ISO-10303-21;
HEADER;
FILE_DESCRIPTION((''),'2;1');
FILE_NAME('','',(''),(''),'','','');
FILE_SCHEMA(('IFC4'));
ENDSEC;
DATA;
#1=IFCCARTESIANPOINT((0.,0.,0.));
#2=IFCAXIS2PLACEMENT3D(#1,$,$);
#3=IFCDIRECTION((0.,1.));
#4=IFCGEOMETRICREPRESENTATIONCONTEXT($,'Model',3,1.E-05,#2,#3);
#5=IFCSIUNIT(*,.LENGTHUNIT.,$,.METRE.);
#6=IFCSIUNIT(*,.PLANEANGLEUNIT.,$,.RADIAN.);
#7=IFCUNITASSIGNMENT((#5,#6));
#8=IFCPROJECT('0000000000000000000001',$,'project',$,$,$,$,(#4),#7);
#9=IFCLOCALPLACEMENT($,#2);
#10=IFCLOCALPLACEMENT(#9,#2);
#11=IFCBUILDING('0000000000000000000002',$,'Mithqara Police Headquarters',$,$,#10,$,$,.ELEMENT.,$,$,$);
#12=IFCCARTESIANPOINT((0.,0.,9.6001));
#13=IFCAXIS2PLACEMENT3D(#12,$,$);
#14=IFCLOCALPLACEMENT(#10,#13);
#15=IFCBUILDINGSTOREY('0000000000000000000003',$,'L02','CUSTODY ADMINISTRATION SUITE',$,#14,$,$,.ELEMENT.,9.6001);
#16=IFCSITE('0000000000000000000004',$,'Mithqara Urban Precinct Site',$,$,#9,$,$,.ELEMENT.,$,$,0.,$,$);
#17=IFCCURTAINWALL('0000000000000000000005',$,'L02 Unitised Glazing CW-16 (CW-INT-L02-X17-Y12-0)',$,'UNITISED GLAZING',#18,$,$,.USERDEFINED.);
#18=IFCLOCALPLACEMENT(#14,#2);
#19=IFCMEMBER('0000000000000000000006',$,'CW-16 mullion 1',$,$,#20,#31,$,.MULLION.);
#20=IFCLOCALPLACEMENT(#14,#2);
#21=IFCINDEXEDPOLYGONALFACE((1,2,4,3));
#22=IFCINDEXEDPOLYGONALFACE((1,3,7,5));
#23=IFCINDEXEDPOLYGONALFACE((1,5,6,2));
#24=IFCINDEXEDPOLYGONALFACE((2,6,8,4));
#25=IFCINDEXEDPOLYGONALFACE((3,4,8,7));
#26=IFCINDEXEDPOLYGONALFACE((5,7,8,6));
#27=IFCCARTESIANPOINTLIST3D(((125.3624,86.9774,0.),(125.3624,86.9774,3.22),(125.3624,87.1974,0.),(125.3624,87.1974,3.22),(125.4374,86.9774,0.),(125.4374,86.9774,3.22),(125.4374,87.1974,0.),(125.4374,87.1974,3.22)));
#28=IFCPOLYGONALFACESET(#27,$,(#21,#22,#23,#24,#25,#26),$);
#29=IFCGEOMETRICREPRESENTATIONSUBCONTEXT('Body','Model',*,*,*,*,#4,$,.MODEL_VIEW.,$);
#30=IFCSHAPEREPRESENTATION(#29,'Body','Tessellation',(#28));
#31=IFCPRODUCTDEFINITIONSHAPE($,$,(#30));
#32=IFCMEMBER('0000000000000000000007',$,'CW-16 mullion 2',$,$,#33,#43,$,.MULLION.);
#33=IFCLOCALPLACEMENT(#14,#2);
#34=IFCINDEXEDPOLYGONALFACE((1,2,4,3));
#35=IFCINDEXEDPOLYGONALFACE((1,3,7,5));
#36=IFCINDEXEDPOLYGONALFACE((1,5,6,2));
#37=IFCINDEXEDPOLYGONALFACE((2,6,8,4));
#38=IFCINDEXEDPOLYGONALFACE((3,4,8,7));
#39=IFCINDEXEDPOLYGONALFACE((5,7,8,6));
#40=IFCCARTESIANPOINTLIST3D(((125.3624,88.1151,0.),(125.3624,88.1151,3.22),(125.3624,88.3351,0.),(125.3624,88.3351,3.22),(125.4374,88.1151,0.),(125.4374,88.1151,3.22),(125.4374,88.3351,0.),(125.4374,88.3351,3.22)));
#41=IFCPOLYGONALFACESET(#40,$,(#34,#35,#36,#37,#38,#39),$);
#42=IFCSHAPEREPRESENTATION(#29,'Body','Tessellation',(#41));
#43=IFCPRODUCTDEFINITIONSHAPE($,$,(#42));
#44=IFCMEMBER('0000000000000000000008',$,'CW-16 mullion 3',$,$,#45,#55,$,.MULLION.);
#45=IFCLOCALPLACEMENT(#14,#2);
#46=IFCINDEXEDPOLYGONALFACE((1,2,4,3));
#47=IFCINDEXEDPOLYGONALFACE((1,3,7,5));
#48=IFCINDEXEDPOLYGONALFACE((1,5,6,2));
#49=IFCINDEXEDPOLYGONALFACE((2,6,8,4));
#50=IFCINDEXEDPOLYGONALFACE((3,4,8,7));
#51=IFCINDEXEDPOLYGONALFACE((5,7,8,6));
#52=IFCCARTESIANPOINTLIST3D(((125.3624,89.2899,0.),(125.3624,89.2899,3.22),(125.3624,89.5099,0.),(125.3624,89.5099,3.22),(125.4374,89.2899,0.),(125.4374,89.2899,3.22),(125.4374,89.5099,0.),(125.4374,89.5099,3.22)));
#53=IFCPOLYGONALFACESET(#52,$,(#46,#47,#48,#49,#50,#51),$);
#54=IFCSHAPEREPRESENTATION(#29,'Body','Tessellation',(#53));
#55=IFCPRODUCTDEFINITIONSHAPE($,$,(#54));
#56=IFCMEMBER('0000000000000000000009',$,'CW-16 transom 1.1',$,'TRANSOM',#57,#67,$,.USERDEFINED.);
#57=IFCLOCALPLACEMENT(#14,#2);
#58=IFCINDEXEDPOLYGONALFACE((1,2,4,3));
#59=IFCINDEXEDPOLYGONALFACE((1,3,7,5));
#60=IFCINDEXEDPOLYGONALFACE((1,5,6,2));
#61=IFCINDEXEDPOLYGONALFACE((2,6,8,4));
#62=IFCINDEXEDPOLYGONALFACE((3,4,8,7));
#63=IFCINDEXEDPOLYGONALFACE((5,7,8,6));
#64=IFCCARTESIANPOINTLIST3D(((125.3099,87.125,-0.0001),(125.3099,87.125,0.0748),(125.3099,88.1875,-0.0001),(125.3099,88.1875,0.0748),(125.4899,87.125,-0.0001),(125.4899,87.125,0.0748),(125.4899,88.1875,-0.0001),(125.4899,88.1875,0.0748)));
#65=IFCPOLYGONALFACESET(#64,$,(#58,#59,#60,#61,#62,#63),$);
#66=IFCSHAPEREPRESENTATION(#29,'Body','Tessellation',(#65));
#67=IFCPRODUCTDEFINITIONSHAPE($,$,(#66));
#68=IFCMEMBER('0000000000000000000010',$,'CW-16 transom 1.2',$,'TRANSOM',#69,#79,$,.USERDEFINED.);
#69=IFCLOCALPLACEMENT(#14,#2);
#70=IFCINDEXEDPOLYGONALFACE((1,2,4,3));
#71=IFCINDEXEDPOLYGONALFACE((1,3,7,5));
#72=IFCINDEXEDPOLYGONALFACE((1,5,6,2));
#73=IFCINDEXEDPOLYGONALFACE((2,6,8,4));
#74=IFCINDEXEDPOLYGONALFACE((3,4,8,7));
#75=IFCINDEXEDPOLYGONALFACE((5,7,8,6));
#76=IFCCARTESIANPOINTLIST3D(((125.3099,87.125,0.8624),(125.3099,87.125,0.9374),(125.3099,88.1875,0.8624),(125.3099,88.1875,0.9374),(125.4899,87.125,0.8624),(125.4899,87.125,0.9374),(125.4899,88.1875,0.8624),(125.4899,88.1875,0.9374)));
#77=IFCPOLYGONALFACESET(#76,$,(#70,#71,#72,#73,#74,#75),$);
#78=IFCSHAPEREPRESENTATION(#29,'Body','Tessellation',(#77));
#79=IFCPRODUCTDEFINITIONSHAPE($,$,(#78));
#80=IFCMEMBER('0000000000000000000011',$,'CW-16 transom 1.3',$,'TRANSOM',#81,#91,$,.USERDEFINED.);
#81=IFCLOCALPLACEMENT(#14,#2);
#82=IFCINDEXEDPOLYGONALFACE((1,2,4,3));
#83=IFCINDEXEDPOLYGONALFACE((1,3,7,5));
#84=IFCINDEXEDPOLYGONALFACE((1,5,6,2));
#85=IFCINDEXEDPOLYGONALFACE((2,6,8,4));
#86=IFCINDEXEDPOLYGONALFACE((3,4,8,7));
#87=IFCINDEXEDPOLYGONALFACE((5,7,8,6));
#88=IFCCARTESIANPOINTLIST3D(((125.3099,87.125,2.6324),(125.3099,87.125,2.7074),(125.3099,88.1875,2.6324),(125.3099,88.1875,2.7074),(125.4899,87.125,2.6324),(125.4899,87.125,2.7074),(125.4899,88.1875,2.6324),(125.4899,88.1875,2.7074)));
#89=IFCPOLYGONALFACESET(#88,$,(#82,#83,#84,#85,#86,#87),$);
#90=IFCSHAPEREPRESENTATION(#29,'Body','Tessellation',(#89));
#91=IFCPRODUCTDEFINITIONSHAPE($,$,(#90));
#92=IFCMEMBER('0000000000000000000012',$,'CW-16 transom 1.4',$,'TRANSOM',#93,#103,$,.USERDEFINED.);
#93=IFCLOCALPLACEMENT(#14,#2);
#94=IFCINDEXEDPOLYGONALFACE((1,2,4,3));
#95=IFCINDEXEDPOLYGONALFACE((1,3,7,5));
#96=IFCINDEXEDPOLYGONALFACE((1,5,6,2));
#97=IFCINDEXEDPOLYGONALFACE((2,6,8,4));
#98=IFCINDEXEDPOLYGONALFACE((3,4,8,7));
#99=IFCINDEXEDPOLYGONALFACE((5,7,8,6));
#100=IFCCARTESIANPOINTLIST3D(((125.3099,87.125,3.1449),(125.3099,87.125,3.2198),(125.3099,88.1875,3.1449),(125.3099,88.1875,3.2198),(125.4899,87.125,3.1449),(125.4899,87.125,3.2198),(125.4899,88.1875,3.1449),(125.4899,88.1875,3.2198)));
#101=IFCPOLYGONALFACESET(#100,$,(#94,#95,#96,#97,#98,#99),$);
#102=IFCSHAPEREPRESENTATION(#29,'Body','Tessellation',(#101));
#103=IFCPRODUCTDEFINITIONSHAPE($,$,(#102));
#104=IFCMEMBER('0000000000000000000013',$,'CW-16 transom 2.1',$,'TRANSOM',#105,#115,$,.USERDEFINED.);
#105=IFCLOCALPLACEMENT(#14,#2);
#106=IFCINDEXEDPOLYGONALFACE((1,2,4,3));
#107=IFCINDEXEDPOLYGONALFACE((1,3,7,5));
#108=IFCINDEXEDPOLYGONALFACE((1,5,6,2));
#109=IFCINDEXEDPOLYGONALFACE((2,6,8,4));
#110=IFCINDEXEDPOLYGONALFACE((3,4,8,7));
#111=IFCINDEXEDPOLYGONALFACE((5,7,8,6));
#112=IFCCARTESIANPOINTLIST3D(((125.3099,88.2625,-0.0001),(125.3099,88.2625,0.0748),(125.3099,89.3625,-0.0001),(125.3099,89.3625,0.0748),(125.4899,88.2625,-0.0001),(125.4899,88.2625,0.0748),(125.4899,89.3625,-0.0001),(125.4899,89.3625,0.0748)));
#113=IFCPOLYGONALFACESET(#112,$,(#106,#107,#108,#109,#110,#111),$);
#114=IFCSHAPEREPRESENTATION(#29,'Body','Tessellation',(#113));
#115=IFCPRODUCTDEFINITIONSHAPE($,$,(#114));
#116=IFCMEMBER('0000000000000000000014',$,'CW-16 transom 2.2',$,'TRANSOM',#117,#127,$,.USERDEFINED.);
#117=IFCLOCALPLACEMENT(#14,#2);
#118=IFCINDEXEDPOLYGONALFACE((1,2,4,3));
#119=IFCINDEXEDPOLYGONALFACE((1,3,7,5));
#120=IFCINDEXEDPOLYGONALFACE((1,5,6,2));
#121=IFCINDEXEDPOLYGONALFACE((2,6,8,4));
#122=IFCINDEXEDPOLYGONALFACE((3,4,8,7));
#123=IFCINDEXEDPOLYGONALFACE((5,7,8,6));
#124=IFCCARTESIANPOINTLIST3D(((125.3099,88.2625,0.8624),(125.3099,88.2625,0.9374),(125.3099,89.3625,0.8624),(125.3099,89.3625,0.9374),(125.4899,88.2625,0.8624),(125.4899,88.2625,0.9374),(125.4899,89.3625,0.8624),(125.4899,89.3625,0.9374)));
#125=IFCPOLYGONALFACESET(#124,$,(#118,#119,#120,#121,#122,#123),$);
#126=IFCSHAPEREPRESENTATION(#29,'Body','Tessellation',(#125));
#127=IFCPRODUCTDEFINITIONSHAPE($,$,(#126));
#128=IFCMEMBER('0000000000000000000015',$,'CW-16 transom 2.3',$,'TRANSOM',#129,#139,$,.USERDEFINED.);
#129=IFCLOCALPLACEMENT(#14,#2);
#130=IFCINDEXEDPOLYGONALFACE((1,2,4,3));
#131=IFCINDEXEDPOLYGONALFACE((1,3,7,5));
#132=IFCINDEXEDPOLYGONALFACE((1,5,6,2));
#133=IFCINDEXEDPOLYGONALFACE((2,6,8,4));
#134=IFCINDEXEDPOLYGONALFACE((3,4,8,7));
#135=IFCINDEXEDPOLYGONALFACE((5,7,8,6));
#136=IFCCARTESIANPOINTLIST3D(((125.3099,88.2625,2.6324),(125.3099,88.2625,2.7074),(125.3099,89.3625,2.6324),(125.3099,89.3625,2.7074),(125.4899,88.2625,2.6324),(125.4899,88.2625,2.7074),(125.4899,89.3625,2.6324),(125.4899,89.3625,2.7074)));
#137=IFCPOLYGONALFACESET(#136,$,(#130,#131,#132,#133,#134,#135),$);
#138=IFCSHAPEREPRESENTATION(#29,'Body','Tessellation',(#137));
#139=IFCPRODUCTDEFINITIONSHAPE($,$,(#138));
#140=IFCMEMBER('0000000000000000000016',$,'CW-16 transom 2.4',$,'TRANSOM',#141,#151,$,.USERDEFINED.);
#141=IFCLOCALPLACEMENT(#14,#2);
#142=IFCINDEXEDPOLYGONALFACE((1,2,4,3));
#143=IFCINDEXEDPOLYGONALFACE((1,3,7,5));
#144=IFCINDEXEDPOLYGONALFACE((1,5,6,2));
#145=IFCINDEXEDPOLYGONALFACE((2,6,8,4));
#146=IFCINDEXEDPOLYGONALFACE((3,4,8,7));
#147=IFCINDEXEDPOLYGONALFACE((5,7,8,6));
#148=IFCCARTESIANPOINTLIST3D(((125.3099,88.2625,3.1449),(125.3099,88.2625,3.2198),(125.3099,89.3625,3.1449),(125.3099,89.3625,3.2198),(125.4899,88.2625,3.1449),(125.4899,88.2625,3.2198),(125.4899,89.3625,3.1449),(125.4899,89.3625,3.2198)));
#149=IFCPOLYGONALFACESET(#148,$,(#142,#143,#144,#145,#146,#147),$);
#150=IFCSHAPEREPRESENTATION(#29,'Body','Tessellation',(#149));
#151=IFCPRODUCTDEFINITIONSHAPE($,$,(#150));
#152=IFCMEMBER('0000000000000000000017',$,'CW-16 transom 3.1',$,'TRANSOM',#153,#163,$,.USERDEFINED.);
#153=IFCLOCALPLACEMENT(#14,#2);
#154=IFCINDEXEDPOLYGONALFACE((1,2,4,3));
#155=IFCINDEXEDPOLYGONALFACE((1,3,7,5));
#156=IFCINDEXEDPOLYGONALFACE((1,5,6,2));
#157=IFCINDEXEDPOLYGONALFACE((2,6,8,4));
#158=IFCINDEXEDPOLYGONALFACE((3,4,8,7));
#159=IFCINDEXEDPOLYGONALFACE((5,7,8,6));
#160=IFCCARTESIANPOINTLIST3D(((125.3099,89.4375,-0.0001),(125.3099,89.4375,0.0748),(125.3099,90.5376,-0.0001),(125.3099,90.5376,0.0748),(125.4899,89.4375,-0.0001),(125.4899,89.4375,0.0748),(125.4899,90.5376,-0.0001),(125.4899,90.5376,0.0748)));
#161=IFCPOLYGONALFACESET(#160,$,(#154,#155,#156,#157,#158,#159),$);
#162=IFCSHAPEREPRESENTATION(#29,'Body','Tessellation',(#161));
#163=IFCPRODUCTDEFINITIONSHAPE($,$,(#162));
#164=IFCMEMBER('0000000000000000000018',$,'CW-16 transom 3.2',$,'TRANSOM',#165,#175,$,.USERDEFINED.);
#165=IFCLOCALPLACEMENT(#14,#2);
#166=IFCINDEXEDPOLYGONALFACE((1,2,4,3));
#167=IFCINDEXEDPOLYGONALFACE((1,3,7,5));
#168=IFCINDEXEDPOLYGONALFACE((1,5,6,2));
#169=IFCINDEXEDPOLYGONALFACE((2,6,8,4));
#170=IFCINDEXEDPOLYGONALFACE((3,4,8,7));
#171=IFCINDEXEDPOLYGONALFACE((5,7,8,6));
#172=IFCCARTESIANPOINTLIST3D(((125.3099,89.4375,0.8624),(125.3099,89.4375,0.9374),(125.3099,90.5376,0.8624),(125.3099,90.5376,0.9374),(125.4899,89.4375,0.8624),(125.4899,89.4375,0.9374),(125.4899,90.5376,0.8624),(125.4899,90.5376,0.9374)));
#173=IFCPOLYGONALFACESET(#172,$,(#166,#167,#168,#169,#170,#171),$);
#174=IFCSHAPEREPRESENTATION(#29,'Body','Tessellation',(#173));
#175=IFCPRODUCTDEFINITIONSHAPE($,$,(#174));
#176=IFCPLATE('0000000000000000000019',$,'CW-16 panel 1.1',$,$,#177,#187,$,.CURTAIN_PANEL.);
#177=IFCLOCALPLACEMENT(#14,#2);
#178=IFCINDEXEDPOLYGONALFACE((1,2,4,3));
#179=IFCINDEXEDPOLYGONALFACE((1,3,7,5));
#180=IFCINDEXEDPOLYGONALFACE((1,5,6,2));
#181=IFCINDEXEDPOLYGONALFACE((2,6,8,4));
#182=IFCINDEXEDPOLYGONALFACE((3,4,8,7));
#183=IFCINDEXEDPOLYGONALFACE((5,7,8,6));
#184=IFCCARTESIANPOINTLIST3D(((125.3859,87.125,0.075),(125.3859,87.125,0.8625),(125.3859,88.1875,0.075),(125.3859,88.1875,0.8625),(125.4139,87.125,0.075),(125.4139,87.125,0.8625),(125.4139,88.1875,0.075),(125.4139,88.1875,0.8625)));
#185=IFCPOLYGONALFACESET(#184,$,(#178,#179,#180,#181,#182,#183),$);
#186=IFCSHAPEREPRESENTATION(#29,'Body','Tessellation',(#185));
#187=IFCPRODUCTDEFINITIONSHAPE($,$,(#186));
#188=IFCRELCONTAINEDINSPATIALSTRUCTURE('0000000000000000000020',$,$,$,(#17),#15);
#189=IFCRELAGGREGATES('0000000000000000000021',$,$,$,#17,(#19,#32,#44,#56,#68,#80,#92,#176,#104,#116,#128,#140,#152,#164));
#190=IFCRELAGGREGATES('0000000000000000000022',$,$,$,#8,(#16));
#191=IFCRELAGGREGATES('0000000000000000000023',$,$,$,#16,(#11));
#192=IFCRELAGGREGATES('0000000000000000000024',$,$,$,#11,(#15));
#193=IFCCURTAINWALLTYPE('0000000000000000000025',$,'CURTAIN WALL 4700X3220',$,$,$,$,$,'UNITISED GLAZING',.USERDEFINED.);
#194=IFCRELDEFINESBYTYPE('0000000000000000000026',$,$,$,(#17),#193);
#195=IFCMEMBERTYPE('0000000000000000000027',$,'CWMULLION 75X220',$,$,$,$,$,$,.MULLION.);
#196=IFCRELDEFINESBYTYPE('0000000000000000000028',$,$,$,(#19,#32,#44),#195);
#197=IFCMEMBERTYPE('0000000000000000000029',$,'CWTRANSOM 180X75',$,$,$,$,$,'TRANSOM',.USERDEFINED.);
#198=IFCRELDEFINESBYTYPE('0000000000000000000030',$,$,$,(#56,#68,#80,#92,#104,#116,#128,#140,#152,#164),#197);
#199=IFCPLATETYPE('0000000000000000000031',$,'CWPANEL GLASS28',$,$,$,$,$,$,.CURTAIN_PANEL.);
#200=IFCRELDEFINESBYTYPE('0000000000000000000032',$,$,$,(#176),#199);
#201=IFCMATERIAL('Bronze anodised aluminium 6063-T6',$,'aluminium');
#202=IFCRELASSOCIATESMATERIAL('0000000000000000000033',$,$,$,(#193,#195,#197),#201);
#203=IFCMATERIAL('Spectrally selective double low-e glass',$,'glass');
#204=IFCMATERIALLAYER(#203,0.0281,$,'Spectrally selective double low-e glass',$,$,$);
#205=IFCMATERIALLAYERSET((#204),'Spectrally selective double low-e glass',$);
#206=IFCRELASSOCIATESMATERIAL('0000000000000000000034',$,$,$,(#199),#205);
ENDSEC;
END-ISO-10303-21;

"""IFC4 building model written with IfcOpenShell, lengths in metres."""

from ifc_helpers import new_model, si_unit, direction, frame, origin, origin_2d, place, context, subcontext, project, spatial, rectangle, extrude, material, layer, layer_set, material_profile, profile_set, type_object, element, aggregate, save


model = new_model("IFC4")

# Units and contexts
model_context = context("Model", 3, precision=1e-05, world=origin(), true_north=direction((0.0, 1.0)))
body_context = subcontext(model_context, "Body", "Model", "MODEL_VIEW")
ifc_project = project(units=[si_unit("LENGTHUNIT", "METRE"), si_unit("PLANEANGLEUNIT", "RADIAN")], contexts=[model_context])

# Site, building, storey
site_placement = place(None, origin())
site = spatial("IfcSite", under=ifc_project, at=site_placement, Name="Mithqara Urban Precinct Site", CompositionType="ELEMENT", RefElevation=0.0)
building_placement = place(site_placement, origin())
building = spatial("IfcBuilding", under=site, at=building_placement, Name="Mithqara Police Headquarters", CompositionType="ELEMENT")
storey_placement = place(building_placement, frame((0.0, 0.0, 9.6001)))
storey = spatial("IfcBuildingStorey", under=building, at=storey_placement, Name="L02", Description="CUSTODY ADMINISTRATION SUITE", CompositionType="ELEMENT", Elevation=9.6001)

# Curtain wall, members, plate
ifc_material_1 = material(Name="Bronze anodised aluminium 6063-T6", Category="aluminium")
curtain_wall_type = type_object("IfcCurtainWallType", Name="CURTAIN WALL 4700X3220", ElementType="UNITISED GLAZING", PredefinedType="USERDEFINED", material=ifc_material_1)
curtain_wall_placement = place(storey_placement, origin())
curtain_wall = element("IfcCurtainWall", 1, at=curtain_wall_placement, inside=storey, type_object=curtain_wall_type, Name="L02 Unitised Glazing CW-16 (CW-INT-L02-X17-Y12-0)", ObjectType="UNITISED GLAZING", PredefinedType="USERDEFINED")
ifc_material_profile_1 = material_profile(ifc_material_1, rectangle(XDim=0.075, YDim=0.22, at=origin_2d()), Name="CWM 75x220")
ifc_profile_set_1 = profile_set([ifc_material_profile_1], Name="Bronze anodised aluminium 6063-T6")
member_type_1 = type_object("IfcMemberType", Name="CWMULLION 75X220", PredefinedType="MULLION", material=ifc_profile_set_1)
member_1_placement = place(storey_placement, frame((125.3999, 87.0874, 0.0), z_axis=(0.0, 0.0, 1.0), x_axis=(-1.0, 0.0, 0.0)))
member_1 = element("IfcMember", 2, at=member_1_placement, type_object=member_type_1, Name="CW-16 mullion 1", PredefinedType="MULLION", context=body_context, shape_type="SweptSolid", body=[
    extrude(rectangle(XDim=0.075, YDim=0.22, at=origin_2d()), origin(), (0.0, 0.0, 1.0), 3.22),
])
member_2_placement = place(storey_placement, frame((125.3999, 88.2251, 0.0), z_axis=(0.0, 0.0, 1.0), x_axis=(-1.0, 0.0, 0.0)))
member_2 = element("IfcMember", 3, at=member_2_placement, type_object=member_type_1, Name="CW-16 mullion 2", PredefinedType="MULLION", context=body_context, shape_type="SweptSolid", body=[
    extrude(rectangle(XDim=0.075, YDim=0.22, at=origin_2d()), origin(), (0.0, 0.0, 1.0), 3.22),
])
member_3_placement = place(storey_placement, frame((125.3999, 89.3999, 0.0), z_axis=(0.0, 0.0, 1.0), x_axis=(-1.0, 0.0, 0.0)))
member_3 = element("IfcMember", 4, at=member_3_placement, type_object=member_type_1, Name="CW-16 mullion 3", PredefinedType="MULLION", context=body_context, shape_type="SweptSolid", body=[
    extrude(rectangle(XDim=0.075, YDim=0.22, at=origin_2d()), origin(), (0.0, 0.0, 1.0), 3.22),
])
ifc_material_profile_2 = material_profile(ifc_material_1, rectangle(XDim=0.1799, YDim=0.075, at=origin_2d()), Name="CWT 180x75")
ifc_profile_set_2 = profile_set([ifc_material_profile_2], Name="Bronze anodised aluminium 6063-T6")
member_type_2 = type_object("IfcMemberType", Name="CWTRANSOM 180X75", ElementType="TRANSOM", PredefinedType="USERDEFINED", material=ifc_profile_set_2)
member_4_placement = place(storey_placement, frame((125.3999, 87.125, 0.0374), z_axis=(0.0, 1.0, 0.0), x_axis=(-1.0, 0.0, 0.0)))
member_4 = element("IfcMember", 5, at=member_4_placement, type_object=member_type_2, Name="CW-16 transom 1.1", ObjectType="TRANSOM", PredefinedType="USERDEFINED", context=body_context, shape_type="SweptSolid", body=[
    extrude(rectangle(XDim=0.1799, YDim=0.075, at=origin_2d()), origin(), (0.0, 0.0, 1.0), 1.0625),
])
member_5_placement = place(storey_placement, frame((125.3999, 87.125, 0.8999), z_axis=(0.0, 1.0, 0.0), x_axis=(-1.0, 0.0, 0.0)))
member_5 = element("IfcMember", 6, at=member_5_placement, type_object=member_type_2, Name="CW-16 transom 1.2", ObjectType="TRANSOM", PredefinedType="USERDEFINED", context=body_context, shape_type="SweptSolid", body=[
    extrude(rectangle(XDim=0.1799, YDim=0.075, at=origin_2d()), origin(), (0.0, 0.0, 1.0), 1.0625),
])
member_6_placement = place(storey_placement, frame((125.3999, 87.125, 2.6699), z_axis=(0.0, 1.0, 0.0), x_axis=(-1.0, 0.0, 0.0)))
member_6 = element("IfcMember", 7, at=member_6_placement, type_object=member_type_2, Name="CW-16 transom 1.3", ObjectType="TRANSOM", PredefinedType="USERDEFINED", context=body_context, shape_type="SweptSolid", body=[
    extrude(rectangle(XDim=0.1799, YDim=0.075, at=origin_2d()), origin(), (0.0, 0.0, 1.0), 1.0625),
])
member_7_placement = place(storey_placement, frame((125.3999, 87.125, 3.1824), z_axis=(0.0, 1.0, 0.0), x_axis=(-1.0, 0.0, 0.0)))
member_7 = element("IfcMember", 8, at=member_7_placement, type_object=member_type_2, Name="CW-16 transom 1.4", ObjectType="TRANSOM", PredefinedType="USERDEFINED", context=body_context, shape_type="SweptSolid", body=[
    extrude(rectangle(XDim=0.1799, YDim=0.075, at=origin_2d()), origin(), (0.0, 0.0, 1.0), 1.0625),
])
member_8_placement = place(storey_placement, frame((125.3999, 88.2625, 0.0374), z_axis=(0.0, 1.0, 0.0), x_axis=(-1.0, 0.0, 0.0)))
member_8 = element("IfcMember", 9, at=member_8_placement, type_object=member_type_2, Name="CW-16 transom 2.1", ObjectType="TRANSOM", PredefinedType="USERDEFINED", context=body_context, shape_type="SweptSolid", body=[
    extrude(rectangle(XDim=0.1799, YDim=0.075, at=origin_2d()), origin(), (0.0, 0.0, 1.0), 1.1001),
])
member_9_placement = place(storey_placement, frame((125.3999, 88.2625, 0.8999), z_axis=(0.0, 1.0, 0.0), x_axis=(-1.0, 0.0, 0.0)))
member_9 = element("IfcMember", 10, at=member_9_placement, type_object=member_type_2, Name="CW-16 transom 2.2", ObjectType="TRANSOM", PredefinedType="USERDEFINED", context=body_context, shape_type="SweptSolid", body=[
    extrude(rectangle(XDim=0.1799, YDim=0.075, at=origin_2d()), origin(), (0.0, 0.0, 1.0), 1.1001),
])
member_10_placement = place(storey_placement, frame((125.3999, 88.2625, 2.6699), z_axis=(0.0, 1.0, 0.0), x_axis=(-1.0, 0.0, 0.0)))
member_10 = element("IfcMember", 11, at=member_10_placement, type_object=member_type_2, Name="CW-16 transom 2.3", ObjectType="TRANSOM", PredefinedType="USERDEFINED", context=body_context, shape_type="SweptSolid", body=[
    extrude(rectangle(XDim=0.1799, YDim=0.075, at=origin_2d()), origin(), (0.0, 0.0, 1.0), 1.1001),
])
member_11_placement = place(storey_placement, frame((125.3999, 88.2625, 3.1824), z_axis=(0.0, 1.0, 0.0), x_axis=(-1.0, 0.0, 0.0)))
member_11 = element("IfcMember", 12, at=member_11_placement, type_object=member_type_2, Name="CW-16 transom 2.4", ObjectType="TRANSOM", PredefinedType="USERDEFINED", context=body_context, shape_type="SweptSolid", body=[
    extrude(rectangle(XDim=0.1799, YDim=0.075, at=origin_2d()), origin(), (0.0, 0.0, 1.0), 1.1001),
])
member_12_placement = place(storey_placement, frame((125.3999, 89.4375, 0.0374), z_axis=(0.0, 1.0, 0.0), x_axis=(-1.0, 0.0, 0.0)))
member_12 = element("IfcMember", 13, at=member_12_placement, type_object=member_type_2, Name="CW-16 transom 3.1", ObjectType="TRANSOM", PredefinedType="USERDEFINED", context=body_context, shape_type="SweptSolid", body=[
    extrude(rectangle(XDim=0.1799, YDim=0.075, at=origin_2d()), origin(), (0.0, 0.0, 1.0), 1.1001),
])
member_13_placement = place(storey_placement, frame((125.3999, 89.4375, 0.8999), z_axis=(0.0, 1.0, 0.0), x_axis=(-1.0, 0.0, 0.0)))
member_13 = element("IfcMember", 14, at=member_13_placement, type_object=member_type_2, Name="CW-16 transom 3.2", ObjectType="TRANSOM", PredefinedType="USERDEFINED", context=body_context, shape_type="SweptSolid", body=[
    extrude(rectangle(XDim=0.1799, YDim=0.075, at=origin_2d()), origin(), (0.0, 0.0, 1.0), 1.1001),
])
ifc_material_2 = material(Name="Spectrally selective double low-e glass", Category="glass")
ifc_layer = layer(ifc_material_2, 0.0281, Name="Spectrally selective double low-e glass")
ifc_layer_set = layer_set([ifc_layer], Name="Spectrally selective double low-e glass")
plate_type = type_object("IfcPlateType", Name="CWPANEL GLASS28", PredefinedType="CURTAIN_PANEL", material=ifc_layer_set)
plate_1_placement = place(storey_placement, frame((125.3999, 87.6562, 0.075), z_axis=(0.0, 0.0, 1.0), x_axis=(0.0, 1.0, 0.0)))
plate_1 = element("IfcPlate", 15, at=plate_1_placement, type_object=plate_type, Name="CW-16 panel 1.1", PredefinedType="CURTAIN_PANEL", context=body_context, shape_type="SweptSolid", body=[
    extrude(rectangle(XDim=1.0625, YDim=0.0281, at=origin_2d()), origin(), (0.0, 0.0, 1.0), 0.7876),
])
aggregate(curtain_wall, [member_1, member_2, member_3, member_4, member_5, member_6, member_7, plate_1, member_8, member_9, member_10, member_11, member_12, member_13])

save(model, "model.ifc")
